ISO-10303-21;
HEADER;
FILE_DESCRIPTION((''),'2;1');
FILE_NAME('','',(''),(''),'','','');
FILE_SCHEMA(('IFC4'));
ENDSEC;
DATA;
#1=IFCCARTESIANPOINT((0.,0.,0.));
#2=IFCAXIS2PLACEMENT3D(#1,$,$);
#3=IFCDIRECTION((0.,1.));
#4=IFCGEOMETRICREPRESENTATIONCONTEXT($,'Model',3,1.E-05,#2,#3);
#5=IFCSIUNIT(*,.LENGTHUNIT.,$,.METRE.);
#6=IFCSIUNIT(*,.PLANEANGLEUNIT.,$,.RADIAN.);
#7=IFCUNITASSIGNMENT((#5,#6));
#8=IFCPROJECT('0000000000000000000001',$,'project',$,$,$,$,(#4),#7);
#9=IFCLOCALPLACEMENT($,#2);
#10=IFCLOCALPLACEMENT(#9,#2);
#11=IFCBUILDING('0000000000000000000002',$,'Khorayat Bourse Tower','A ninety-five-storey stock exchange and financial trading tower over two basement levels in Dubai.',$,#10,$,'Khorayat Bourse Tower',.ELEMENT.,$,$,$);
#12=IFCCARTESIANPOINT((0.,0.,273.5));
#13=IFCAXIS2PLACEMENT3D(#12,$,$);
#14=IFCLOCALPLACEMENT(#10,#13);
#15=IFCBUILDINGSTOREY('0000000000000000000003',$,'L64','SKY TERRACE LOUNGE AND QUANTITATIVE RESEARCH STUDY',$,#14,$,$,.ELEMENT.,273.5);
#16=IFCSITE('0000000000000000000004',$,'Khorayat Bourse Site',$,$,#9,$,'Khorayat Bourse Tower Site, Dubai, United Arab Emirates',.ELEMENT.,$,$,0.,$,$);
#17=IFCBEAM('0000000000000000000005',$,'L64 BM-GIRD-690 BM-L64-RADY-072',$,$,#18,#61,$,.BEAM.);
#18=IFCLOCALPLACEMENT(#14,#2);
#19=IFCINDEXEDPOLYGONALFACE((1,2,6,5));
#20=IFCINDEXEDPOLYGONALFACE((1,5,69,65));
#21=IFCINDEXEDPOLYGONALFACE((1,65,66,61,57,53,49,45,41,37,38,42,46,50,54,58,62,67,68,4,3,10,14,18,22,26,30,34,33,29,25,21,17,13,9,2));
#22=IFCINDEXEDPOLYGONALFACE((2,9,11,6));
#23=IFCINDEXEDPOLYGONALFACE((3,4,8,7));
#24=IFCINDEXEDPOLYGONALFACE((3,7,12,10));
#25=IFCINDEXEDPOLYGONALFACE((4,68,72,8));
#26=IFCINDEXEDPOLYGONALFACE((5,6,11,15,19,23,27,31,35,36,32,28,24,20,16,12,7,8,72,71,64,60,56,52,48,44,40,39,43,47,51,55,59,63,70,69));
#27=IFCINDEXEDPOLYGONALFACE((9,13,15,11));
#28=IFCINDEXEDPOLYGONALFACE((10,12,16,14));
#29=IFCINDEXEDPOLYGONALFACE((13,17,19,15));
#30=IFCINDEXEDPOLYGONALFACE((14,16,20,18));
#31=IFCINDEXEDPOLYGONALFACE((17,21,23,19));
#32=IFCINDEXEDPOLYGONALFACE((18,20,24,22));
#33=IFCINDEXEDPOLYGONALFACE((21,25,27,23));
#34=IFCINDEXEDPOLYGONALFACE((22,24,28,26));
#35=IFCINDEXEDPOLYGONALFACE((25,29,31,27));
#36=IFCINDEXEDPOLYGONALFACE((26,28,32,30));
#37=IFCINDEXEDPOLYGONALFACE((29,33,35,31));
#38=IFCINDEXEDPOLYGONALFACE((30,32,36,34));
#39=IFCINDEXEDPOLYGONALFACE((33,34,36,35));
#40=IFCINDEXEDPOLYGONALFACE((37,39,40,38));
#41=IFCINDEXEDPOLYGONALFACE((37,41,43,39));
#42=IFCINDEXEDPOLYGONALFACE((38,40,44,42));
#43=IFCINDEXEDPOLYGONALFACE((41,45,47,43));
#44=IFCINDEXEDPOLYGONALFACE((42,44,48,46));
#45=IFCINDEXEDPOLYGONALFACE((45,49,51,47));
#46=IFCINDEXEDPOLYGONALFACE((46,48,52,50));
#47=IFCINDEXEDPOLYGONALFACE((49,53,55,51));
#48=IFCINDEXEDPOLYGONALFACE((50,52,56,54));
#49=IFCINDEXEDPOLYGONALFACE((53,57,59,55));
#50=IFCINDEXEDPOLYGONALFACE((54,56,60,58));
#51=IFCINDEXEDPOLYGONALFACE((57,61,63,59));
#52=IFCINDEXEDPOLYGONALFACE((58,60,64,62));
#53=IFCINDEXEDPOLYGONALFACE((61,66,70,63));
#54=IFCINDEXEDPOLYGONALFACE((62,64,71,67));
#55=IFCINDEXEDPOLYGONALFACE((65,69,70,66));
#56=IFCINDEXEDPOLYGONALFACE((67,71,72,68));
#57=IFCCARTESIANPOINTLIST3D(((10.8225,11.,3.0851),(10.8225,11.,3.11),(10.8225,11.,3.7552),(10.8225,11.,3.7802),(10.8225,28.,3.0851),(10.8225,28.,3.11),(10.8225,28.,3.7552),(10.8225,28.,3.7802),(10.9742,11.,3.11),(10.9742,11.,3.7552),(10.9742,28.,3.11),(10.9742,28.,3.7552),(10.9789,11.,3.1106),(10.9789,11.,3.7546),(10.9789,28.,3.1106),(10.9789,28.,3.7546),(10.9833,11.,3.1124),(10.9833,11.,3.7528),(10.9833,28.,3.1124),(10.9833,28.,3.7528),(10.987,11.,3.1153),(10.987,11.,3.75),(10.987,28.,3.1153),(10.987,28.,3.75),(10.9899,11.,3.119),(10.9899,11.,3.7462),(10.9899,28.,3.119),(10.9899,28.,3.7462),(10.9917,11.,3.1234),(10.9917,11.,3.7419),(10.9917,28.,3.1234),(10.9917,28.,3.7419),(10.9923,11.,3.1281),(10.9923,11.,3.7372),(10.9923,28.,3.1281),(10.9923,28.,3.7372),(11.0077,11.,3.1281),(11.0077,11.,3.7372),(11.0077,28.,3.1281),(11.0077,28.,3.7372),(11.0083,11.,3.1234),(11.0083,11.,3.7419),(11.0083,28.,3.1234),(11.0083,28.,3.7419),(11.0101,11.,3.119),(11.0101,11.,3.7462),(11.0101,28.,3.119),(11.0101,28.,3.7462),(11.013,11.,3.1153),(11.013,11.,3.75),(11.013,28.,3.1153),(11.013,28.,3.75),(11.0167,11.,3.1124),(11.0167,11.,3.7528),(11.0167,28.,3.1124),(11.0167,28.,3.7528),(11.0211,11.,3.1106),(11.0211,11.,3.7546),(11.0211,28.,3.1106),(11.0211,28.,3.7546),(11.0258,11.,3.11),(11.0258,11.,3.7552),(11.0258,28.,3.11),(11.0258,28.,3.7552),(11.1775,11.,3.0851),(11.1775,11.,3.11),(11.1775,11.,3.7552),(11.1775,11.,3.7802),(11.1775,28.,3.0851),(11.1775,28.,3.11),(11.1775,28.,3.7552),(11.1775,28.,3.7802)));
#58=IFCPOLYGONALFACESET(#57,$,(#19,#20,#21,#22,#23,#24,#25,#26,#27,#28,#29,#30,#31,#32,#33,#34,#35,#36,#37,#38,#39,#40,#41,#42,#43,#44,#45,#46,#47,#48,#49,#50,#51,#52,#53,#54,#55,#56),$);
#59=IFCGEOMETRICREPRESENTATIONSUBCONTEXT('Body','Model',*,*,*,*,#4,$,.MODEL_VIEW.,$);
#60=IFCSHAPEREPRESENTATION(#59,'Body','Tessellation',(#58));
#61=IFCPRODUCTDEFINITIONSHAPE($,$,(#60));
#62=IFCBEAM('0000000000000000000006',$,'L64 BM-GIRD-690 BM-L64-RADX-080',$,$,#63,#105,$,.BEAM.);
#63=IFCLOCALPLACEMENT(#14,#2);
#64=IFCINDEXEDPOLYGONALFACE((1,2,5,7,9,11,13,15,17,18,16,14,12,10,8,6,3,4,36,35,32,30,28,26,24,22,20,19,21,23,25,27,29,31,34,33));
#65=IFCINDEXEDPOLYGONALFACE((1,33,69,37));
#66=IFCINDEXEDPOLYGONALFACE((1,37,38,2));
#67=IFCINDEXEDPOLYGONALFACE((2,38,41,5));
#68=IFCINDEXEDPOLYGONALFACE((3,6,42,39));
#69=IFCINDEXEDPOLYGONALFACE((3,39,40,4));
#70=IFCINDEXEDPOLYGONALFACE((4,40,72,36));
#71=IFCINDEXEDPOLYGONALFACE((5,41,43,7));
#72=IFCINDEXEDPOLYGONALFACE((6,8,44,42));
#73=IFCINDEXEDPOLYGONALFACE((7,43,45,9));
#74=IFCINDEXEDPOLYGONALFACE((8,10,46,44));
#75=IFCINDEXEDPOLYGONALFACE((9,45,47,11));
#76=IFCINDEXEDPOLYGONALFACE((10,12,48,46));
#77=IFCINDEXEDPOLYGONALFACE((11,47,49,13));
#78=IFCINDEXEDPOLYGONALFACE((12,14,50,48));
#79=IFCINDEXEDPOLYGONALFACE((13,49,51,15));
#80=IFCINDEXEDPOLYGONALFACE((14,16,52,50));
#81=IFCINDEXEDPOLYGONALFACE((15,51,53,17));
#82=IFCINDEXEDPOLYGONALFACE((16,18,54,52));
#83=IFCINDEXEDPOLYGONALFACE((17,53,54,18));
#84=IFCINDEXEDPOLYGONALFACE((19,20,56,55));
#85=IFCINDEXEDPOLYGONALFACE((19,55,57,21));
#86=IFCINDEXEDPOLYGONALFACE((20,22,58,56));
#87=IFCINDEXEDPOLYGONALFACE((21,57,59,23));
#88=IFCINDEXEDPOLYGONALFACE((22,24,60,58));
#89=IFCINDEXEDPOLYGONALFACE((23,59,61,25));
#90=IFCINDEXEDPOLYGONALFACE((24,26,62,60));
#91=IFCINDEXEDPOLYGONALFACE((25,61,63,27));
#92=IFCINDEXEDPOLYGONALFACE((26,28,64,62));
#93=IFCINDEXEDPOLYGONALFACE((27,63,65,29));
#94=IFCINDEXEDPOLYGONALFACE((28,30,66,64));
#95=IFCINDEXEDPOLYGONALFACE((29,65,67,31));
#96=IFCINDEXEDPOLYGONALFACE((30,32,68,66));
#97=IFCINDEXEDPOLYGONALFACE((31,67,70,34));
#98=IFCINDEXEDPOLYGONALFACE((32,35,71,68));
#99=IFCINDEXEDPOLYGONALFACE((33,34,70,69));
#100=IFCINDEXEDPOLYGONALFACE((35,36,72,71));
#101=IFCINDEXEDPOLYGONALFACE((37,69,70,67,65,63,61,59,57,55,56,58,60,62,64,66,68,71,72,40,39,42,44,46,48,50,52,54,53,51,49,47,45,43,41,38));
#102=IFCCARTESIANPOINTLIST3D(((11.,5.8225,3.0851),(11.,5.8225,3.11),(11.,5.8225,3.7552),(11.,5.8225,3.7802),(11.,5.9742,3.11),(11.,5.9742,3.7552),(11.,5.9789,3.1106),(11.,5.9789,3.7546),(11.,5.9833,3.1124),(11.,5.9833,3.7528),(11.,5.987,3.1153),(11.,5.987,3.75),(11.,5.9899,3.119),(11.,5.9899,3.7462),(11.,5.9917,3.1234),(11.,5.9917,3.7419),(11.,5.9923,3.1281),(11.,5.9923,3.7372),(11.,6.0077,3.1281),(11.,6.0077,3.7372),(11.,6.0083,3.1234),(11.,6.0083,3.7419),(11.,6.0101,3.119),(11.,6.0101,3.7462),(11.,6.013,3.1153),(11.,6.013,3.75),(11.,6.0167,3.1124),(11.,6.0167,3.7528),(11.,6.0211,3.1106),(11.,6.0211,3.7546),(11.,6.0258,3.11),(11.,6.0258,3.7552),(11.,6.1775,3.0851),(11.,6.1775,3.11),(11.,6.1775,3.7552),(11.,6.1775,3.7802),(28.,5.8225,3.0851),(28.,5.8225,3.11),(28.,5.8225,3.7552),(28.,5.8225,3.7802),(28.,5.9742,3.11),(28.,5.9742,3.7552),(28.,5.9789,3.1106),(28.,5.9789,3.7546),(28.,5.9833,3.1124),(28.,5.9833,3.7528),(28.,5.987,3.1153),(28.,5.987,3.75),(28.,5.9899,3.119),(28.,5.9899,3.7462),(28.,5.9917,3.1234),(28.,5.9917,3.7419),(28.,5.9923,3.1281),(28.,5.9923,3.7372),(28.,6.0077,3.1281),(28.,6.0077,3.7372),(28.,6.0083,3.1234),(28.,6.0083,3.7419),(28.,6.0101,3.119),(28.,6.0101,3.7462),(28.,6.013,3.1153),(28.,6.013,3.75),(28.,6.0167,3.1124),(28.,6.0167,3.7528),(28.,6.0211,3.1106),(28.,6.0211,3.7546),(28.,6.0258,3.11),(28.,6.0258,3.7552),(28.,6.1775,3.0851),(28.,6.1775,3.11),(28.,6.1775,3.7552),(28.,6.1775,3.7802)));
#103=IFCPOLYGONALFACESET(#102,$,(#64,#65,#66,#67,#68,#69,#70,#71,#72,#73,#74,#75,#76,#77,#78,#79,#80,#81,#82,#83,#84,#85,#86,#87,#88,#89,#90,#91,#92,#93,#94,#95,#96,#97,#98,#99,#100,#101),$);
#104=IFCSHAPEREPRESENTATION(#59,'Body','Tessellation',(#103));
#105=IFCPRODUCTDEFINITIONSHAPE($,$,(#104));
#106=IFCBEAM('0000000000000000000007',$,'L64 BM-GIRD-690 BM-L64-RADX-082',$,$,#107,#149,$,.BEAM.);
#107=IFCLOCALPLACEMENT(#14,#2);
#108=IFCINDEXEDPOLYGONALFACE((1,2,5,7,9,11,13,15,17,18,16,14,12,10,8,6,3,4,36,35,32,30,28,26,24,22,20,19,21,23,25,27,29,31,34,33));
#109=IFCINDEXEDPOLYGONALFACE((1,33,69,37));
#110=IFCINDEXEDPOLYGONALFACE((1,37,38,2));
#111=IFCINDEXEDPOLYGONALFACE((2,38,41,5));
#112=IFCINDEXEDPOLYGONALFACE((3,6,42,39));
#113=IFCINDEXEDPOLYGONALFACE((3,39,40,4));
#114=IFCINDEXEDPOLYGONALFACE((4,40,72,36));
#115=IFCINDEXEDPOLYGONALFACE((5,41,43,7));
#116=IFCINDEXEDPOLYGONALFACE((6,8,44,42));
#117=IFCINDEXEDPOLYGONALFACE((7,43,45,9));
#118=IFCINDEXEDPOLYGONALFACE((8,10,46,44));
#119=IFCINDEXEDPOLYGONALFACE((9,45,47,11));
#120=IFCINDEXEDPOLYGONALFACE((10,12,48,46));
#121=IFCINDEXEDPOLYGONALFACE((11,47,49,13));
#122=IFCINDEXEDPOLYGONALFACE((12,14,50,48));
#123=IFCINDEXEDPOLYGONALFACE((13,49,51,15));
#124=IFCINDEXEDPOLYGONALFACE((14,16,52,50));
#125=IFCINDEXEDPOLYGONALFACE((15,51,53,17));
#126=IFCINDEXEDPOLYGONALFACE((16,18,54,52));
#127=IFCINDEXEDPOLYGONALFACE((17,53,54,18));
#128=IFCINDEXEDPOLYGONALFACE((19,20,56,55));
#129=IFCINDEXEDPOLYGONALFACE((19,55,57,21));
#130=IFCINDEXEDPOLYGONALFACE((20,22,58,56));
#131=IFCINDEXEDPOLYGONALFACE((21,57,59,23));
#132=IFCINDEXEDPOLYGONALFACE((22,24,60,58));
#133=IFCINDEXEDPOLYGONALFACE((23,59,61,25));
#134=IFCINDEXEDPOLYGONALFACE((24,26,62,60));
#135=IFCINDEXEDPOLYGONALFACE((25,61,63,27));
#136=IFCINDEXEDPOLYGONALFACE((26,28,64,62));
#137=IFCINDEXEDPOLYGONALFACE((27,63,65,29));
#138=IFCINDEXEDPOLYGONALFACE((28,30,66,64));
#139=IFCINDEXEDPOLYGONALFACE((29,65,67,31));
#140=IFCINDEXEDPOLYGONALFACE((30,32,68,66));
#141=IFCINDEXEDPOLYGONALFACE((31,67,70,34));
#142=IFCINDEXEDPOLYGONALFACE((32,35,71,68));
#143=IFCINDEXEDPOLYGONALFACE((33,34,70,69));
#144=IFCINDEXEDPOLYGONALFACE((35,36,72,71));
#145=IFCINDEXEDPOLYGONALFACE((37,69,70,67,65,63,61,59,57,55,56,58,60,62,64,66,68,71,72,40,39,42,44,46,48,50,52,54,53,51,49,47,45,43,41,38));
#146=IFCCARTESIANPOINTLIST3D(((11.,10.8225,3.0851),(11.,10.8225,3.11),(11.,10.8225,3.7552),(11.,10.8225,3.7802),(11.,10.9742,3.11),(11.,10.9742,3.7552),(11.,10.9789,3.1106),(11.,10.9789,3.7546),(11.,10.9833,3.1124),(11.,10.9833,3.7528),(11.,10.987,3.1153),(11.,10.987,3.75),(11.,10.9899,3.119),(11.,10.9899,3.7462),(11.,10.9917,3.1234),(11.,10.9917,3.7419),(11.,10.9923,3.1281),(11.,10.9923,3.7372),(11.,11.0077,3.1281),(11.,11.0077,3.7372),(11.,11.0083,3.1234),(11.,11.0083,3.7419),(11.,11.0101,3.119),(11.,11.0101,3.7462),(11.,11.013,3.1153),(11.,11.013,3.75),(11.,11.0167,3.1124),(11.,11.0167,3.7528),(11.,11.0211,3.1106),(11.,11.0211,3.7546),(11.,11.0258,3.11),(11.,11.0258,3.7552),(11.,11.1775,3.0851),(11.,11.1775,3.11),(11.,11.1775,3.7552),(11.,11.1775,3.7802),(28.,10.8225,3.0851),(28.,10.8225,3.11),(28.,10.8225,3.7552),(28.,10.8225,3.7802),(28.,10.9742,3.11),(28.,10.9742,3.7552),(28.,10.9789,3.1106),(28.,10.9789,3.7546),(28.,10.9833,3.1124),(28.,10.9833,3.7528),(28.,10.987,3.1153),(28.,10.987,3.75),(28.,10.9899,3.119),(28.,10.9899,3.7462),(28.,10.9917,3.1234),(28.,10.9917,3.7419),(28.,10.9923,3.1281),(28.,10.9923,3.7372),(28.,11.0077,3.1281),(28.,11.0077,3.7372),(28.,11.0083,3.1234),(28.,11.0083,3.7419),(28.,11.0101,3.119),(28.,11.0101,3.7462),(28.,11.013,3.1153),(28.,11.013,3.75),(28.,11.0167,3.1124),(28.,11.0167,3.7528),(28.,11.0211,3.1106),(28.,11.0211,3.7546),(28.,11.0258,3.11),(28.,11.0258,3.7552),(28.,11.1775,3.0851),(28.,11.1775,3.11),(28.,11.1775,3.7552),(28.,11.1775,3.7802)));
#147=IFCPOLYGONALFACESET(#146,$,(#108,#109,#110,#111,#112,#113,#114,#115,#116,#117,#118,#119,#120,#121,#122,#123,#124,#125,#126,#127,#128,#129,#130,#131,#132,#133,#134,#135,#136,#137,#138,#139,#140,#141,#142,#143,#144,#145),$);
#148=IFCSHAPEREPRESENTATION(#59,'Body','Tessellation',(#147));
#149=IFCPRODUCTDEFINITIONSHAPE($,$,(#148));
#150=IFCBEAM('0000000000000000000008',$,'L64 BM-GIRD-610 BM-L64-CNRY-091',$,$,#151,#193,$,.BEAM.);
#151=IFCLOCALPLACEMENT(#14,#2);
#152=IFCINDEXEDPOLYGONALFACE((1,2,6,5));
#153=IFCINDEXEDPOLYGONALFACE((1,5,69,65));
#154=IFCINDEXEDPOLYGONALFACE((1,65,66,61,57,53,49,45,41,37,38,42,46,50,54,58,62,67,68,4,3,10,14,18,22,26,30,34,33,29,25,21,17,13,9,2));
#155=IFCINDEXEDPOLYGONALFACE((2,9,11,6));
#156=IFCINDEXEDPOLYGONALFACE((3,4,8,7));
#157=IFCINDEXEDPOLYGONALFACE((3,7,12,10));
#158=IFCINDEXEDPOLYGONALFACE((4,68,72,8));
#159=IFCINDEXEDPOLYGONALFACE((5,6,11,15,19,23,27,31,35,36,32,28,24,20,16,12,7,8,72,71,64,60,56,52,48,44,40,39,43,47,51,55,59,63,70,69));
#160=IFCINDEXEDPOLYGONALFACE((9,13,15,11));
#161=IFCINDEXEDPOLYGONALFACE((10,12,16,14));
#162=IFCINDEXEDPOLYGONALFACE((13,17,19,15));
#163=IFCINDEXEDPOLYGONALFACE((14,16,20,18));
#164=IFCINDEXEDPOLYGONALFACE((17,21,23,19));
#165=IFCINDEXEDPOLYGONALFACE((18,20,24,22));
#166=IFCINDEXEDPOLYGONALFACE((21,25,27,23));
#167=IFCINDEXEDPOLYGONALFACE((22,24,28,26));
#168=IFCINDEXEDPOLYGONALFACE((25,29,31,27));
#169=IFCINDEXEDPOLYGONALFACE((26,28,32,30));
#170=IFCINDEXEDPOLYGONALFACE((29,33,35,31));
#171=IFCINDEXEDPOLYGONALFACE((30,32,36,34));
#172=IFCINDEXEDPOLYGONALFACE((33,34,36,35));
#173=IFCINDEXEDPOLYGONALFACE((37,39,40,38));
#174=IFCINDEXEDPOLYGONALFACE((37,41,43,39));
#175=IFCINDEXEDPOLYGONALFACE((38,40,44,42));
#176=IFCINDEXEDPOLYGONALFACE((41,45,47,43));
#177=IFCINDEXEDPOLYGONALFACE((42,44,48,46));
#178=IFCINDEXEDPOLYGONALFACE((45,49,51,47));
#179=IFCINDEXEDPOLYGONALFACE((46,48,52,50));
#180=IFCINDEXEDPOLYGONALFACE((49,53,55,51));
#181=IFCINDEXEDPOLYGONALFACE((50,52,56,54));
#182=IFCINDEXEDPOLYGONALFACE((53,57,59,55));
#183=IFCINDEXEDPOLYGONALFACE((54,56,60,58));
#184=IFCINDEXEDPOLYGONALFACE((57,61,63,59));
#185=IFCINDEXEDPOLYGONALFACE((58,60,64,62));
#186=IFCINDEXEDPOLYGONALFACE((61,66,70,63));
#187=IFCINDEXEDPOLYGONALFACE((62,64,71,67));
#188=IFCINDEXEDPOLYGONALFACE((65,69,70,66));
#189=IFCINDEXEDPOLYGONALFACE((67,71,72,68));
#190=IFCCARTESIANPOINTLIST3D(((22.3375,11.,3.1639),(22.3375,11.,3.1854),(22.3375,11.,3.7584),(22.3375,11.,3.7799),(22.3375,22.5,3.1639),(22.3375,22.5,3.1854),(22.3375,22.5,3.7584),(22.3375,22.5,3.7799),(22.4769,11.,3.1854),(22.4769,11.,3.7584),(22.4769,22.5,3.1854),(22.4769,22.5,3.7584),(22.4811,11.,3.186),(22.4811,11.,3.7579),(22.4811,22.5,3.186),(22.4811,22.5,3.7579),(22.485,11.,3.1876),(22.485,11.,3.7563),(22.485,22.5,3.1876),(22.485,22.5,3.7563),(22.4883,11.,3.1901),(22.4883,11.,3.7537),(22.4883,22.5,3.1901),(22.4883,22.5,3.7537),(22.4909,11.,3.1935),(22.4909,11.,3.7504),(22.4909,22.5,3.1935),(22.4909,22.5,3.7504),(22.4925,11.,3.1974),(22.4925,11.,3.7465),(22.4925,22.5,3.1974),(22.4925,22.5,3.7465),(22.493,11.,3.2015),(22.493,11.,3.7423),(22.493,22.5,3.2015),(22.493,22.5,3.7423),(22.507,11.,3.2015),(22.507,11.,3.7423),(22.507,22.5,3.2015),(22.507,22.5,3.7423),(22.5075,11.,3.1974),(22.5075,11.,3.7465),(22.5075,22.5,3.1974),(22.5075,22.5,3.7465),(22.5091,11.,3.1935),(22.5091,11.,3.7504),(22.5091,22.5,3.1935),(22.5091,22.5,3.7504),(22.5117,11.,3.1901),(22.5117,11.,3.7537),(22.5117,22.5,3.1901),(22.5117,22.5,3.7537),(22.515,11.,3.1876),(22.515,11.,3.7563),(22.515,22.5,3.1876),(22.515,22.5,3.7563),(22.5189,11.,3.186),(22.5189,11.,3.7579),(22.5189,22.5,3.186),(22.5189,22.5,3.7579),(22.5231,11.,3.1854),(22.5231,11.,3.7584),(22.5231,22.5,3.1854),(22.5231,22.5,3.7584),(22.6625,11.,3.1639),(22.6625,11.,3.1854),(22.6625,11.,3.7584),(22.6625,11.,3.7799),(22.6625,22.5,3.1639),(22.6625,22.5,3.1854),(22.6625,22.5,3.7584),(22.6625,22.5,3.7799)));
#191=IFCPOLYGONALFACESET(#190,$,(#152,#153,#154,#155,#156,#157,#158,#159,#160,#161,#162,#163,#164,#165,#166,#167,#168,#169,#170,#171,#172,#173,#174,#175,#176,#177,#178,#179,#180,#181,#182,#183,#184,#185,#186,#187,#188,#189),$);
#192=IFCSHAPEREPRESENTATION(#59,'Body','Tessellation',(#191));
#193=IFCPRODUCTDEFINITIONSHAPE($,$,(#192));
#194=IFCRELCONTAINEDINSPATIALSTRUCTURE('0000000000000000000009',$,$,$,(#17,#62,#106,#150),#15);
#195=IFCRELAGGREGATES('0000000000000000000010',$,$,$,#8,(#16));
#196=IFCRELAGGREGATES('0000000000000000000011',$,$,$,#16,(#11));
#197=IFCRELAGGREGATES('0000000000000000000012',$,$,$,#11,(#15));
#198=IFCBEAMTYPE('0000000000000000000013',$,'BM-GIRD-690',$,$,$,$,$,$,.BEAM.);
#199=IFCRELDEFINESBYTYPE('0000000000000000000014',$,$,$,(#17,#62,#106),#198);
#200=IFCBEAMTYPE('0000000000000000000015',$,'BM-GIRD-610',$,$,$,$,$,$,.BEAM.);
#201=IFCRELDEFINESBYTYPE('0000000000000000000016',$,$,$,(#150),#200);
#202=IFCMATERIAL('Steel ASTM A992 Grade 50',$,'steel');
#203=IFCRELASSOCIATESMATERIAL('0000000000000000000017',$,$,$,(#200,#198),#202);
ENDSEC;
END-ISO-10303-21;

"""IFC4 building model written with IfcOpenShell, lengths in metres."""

from ifc_helpers import new_model, si_unit, direction, frame, origin, origin_2d, place, context, subcontext, project, spatial, i_section, extrude, source, transform, mapped, material, material_profile, profile_set, type_object, element, save


model = new_model("IFC4")

# Units and contexts
model_context = context("Model", 3, precision=1e-05, world=origin(), true_north=direction((0.0, 1.0)))
body_context = subcontext(model_context, "Body", "Model", "MODEL_VIEW")
ifc_project = project(units=[si_unit("LENGTHUNIT", "METRE"), si_unit("PLANEANGLEUNIT", "RADIAN")], contexts=[model_context])

# Site, building, storey
site_placement = place(None, origin())
site = spatial("IfcSite", under=ifc_project, at=site_placement, Name="Khorayat Bourse Site", LongName="Khorayat Bourse Tower Site, Dubai, United Arab Emirates", CompositionType="ELEMENT", RefElevation=0.0)
building_placement = place(site_placement, origin())
building = spatial("IfcBuilding", under=site, at=building_placement, Name="Khorayat Bourse Tower", Description="A ninety-five-storey stock exchange and financial trading tower over two basement levels in Dubai.", LongName="Khorayat Bourse Tower", CompositionType="ELEMENT")
storey_placement = place(building_placement, frame((0.0, 0.0, 273.5)))
storey = spatial("IfcBuildingStorey", under=building, at=storey_placement, Name="L64", Description="SKY TERRACE LOUNGE AND QUANTITATIVE RESEARCH STUDY", CompositionType="ELEMENT", Elevation=273.5)

# Shared definitions
ifc_material_1 = material(Name="Steel ASTM A992 Grade 50", Category="steel")
ifc_material_profile_1 = material_profile(ifc_material_1, i_section(OverallWidth=0.325, OverallDepth=0.616, WebThickness=0.0139, FlangeThickness=0.0215, FilletRadius=0.0161, at=origin_2d()), Name="W610X174")
ifc_profile_set_1 = profile_set([ifc_material_profile_1], Name="Steel ASTM A992 Grade 50")
beam_type_1 = type_object("IfcBeamType", Name="BM-GIRD-610", PredefinedType="BEAM", material=ifc_profile_set_1)

# Beams
ifc_material_profile_2 = material_profile(ifc_material_1, i_section(OverallWidth=0.355, OverallDepth=0.6951, WebThickness=0.0154, FlangeThickness=0.0249, FilletRadius=0.0181, at=origin_2d()), Name="W690X217")
ifc_profile_set_2 = profile_set([ifc_material_profile_2], Name="Steel ASTM A992 Grade 50")
beam_type_2 = type_object("IfcBeamType", Name="BM-GIRD-690", PredefinedType="BEAM", material=ifc_profile_set_2)
shared_shape_1 = source(origin(), body_context, "Body", "SweptSolid", [
    extrude(i_section(OverallWidth=0.355, OverallDepth=0.6951, WebThickness=0.0154, FlangeThickness=0.0249, FilletRadius=0.0181, at=origin_2d()), origin(), (0.0, 0.0, 1.0), 17.0),
])
for number, where, z_axis, x_axis, name in (
    (1, (11.0, 11.0, 3.4326), (0.0, 1.0, 0.0), (-1.0, 0.0, 0.0), "L64 BM-GIRD-690 BM-L64-RADY-072"),
    (2, (11.0, 6.0, 3.4326), (1.0, 0.0, 0.0), (0.0, 1.0, 0.0), "L64 BM-GIRD-690 BM-L64-RADX-080"),
    (3, (11.0, 11.0, 3.4326), (1.0, 0.0, 0.0), (0.0, 1.0, 0.0), "L64 BM-GIRD-690 BM-L64-RADX-082"),
):
    element("IfcBeam", number, at=place(storey_placement, frame(where, z_axis=z_axis, x_axis=x_axis)), inside=storey, type_object=beam_type_2, Name=name, PredefinedType="BEAM", context=body_context, shape_type="MappedRepresentation", body=[
        mapped(shared_shape_1, transform((0.0, 0.0, 0.0), scale=1.0)),
    ])
shared_shape_2 = source(origin(), body_context, "Body", "SweptSolid", [
    extrude(i_section(OverallWidth=0.325, OverallDepth=0.616, WebThickness=0.0139, FlangeThickness=0.0215, FilletRadius=0.0161, at=origin_2d()), origin(), (0.0, 0.0, 1.0), 11.5),
])
beam_1_placement = place(storey_placement, frame((22.5, 11.0, 3.4719), z_axis=(0.0, 1.0, 0.0), x_axis=(-1.0, 0.0, 0.0)))
element("IfcBeam", 4, at=beam_1_placement, inside=storey, type_object=beam_type_1, Name="L64 BM-GIRD-610 BM-L64-CNRY-091", PredefinedType="BEAM", context=body_context, shape_type="MappedRepresentation", body=[
    mapped(shared_shape_2, transform((0.0, 0.0, 0.0), scale=1.0)),
])

save(model, "model.ifc")
